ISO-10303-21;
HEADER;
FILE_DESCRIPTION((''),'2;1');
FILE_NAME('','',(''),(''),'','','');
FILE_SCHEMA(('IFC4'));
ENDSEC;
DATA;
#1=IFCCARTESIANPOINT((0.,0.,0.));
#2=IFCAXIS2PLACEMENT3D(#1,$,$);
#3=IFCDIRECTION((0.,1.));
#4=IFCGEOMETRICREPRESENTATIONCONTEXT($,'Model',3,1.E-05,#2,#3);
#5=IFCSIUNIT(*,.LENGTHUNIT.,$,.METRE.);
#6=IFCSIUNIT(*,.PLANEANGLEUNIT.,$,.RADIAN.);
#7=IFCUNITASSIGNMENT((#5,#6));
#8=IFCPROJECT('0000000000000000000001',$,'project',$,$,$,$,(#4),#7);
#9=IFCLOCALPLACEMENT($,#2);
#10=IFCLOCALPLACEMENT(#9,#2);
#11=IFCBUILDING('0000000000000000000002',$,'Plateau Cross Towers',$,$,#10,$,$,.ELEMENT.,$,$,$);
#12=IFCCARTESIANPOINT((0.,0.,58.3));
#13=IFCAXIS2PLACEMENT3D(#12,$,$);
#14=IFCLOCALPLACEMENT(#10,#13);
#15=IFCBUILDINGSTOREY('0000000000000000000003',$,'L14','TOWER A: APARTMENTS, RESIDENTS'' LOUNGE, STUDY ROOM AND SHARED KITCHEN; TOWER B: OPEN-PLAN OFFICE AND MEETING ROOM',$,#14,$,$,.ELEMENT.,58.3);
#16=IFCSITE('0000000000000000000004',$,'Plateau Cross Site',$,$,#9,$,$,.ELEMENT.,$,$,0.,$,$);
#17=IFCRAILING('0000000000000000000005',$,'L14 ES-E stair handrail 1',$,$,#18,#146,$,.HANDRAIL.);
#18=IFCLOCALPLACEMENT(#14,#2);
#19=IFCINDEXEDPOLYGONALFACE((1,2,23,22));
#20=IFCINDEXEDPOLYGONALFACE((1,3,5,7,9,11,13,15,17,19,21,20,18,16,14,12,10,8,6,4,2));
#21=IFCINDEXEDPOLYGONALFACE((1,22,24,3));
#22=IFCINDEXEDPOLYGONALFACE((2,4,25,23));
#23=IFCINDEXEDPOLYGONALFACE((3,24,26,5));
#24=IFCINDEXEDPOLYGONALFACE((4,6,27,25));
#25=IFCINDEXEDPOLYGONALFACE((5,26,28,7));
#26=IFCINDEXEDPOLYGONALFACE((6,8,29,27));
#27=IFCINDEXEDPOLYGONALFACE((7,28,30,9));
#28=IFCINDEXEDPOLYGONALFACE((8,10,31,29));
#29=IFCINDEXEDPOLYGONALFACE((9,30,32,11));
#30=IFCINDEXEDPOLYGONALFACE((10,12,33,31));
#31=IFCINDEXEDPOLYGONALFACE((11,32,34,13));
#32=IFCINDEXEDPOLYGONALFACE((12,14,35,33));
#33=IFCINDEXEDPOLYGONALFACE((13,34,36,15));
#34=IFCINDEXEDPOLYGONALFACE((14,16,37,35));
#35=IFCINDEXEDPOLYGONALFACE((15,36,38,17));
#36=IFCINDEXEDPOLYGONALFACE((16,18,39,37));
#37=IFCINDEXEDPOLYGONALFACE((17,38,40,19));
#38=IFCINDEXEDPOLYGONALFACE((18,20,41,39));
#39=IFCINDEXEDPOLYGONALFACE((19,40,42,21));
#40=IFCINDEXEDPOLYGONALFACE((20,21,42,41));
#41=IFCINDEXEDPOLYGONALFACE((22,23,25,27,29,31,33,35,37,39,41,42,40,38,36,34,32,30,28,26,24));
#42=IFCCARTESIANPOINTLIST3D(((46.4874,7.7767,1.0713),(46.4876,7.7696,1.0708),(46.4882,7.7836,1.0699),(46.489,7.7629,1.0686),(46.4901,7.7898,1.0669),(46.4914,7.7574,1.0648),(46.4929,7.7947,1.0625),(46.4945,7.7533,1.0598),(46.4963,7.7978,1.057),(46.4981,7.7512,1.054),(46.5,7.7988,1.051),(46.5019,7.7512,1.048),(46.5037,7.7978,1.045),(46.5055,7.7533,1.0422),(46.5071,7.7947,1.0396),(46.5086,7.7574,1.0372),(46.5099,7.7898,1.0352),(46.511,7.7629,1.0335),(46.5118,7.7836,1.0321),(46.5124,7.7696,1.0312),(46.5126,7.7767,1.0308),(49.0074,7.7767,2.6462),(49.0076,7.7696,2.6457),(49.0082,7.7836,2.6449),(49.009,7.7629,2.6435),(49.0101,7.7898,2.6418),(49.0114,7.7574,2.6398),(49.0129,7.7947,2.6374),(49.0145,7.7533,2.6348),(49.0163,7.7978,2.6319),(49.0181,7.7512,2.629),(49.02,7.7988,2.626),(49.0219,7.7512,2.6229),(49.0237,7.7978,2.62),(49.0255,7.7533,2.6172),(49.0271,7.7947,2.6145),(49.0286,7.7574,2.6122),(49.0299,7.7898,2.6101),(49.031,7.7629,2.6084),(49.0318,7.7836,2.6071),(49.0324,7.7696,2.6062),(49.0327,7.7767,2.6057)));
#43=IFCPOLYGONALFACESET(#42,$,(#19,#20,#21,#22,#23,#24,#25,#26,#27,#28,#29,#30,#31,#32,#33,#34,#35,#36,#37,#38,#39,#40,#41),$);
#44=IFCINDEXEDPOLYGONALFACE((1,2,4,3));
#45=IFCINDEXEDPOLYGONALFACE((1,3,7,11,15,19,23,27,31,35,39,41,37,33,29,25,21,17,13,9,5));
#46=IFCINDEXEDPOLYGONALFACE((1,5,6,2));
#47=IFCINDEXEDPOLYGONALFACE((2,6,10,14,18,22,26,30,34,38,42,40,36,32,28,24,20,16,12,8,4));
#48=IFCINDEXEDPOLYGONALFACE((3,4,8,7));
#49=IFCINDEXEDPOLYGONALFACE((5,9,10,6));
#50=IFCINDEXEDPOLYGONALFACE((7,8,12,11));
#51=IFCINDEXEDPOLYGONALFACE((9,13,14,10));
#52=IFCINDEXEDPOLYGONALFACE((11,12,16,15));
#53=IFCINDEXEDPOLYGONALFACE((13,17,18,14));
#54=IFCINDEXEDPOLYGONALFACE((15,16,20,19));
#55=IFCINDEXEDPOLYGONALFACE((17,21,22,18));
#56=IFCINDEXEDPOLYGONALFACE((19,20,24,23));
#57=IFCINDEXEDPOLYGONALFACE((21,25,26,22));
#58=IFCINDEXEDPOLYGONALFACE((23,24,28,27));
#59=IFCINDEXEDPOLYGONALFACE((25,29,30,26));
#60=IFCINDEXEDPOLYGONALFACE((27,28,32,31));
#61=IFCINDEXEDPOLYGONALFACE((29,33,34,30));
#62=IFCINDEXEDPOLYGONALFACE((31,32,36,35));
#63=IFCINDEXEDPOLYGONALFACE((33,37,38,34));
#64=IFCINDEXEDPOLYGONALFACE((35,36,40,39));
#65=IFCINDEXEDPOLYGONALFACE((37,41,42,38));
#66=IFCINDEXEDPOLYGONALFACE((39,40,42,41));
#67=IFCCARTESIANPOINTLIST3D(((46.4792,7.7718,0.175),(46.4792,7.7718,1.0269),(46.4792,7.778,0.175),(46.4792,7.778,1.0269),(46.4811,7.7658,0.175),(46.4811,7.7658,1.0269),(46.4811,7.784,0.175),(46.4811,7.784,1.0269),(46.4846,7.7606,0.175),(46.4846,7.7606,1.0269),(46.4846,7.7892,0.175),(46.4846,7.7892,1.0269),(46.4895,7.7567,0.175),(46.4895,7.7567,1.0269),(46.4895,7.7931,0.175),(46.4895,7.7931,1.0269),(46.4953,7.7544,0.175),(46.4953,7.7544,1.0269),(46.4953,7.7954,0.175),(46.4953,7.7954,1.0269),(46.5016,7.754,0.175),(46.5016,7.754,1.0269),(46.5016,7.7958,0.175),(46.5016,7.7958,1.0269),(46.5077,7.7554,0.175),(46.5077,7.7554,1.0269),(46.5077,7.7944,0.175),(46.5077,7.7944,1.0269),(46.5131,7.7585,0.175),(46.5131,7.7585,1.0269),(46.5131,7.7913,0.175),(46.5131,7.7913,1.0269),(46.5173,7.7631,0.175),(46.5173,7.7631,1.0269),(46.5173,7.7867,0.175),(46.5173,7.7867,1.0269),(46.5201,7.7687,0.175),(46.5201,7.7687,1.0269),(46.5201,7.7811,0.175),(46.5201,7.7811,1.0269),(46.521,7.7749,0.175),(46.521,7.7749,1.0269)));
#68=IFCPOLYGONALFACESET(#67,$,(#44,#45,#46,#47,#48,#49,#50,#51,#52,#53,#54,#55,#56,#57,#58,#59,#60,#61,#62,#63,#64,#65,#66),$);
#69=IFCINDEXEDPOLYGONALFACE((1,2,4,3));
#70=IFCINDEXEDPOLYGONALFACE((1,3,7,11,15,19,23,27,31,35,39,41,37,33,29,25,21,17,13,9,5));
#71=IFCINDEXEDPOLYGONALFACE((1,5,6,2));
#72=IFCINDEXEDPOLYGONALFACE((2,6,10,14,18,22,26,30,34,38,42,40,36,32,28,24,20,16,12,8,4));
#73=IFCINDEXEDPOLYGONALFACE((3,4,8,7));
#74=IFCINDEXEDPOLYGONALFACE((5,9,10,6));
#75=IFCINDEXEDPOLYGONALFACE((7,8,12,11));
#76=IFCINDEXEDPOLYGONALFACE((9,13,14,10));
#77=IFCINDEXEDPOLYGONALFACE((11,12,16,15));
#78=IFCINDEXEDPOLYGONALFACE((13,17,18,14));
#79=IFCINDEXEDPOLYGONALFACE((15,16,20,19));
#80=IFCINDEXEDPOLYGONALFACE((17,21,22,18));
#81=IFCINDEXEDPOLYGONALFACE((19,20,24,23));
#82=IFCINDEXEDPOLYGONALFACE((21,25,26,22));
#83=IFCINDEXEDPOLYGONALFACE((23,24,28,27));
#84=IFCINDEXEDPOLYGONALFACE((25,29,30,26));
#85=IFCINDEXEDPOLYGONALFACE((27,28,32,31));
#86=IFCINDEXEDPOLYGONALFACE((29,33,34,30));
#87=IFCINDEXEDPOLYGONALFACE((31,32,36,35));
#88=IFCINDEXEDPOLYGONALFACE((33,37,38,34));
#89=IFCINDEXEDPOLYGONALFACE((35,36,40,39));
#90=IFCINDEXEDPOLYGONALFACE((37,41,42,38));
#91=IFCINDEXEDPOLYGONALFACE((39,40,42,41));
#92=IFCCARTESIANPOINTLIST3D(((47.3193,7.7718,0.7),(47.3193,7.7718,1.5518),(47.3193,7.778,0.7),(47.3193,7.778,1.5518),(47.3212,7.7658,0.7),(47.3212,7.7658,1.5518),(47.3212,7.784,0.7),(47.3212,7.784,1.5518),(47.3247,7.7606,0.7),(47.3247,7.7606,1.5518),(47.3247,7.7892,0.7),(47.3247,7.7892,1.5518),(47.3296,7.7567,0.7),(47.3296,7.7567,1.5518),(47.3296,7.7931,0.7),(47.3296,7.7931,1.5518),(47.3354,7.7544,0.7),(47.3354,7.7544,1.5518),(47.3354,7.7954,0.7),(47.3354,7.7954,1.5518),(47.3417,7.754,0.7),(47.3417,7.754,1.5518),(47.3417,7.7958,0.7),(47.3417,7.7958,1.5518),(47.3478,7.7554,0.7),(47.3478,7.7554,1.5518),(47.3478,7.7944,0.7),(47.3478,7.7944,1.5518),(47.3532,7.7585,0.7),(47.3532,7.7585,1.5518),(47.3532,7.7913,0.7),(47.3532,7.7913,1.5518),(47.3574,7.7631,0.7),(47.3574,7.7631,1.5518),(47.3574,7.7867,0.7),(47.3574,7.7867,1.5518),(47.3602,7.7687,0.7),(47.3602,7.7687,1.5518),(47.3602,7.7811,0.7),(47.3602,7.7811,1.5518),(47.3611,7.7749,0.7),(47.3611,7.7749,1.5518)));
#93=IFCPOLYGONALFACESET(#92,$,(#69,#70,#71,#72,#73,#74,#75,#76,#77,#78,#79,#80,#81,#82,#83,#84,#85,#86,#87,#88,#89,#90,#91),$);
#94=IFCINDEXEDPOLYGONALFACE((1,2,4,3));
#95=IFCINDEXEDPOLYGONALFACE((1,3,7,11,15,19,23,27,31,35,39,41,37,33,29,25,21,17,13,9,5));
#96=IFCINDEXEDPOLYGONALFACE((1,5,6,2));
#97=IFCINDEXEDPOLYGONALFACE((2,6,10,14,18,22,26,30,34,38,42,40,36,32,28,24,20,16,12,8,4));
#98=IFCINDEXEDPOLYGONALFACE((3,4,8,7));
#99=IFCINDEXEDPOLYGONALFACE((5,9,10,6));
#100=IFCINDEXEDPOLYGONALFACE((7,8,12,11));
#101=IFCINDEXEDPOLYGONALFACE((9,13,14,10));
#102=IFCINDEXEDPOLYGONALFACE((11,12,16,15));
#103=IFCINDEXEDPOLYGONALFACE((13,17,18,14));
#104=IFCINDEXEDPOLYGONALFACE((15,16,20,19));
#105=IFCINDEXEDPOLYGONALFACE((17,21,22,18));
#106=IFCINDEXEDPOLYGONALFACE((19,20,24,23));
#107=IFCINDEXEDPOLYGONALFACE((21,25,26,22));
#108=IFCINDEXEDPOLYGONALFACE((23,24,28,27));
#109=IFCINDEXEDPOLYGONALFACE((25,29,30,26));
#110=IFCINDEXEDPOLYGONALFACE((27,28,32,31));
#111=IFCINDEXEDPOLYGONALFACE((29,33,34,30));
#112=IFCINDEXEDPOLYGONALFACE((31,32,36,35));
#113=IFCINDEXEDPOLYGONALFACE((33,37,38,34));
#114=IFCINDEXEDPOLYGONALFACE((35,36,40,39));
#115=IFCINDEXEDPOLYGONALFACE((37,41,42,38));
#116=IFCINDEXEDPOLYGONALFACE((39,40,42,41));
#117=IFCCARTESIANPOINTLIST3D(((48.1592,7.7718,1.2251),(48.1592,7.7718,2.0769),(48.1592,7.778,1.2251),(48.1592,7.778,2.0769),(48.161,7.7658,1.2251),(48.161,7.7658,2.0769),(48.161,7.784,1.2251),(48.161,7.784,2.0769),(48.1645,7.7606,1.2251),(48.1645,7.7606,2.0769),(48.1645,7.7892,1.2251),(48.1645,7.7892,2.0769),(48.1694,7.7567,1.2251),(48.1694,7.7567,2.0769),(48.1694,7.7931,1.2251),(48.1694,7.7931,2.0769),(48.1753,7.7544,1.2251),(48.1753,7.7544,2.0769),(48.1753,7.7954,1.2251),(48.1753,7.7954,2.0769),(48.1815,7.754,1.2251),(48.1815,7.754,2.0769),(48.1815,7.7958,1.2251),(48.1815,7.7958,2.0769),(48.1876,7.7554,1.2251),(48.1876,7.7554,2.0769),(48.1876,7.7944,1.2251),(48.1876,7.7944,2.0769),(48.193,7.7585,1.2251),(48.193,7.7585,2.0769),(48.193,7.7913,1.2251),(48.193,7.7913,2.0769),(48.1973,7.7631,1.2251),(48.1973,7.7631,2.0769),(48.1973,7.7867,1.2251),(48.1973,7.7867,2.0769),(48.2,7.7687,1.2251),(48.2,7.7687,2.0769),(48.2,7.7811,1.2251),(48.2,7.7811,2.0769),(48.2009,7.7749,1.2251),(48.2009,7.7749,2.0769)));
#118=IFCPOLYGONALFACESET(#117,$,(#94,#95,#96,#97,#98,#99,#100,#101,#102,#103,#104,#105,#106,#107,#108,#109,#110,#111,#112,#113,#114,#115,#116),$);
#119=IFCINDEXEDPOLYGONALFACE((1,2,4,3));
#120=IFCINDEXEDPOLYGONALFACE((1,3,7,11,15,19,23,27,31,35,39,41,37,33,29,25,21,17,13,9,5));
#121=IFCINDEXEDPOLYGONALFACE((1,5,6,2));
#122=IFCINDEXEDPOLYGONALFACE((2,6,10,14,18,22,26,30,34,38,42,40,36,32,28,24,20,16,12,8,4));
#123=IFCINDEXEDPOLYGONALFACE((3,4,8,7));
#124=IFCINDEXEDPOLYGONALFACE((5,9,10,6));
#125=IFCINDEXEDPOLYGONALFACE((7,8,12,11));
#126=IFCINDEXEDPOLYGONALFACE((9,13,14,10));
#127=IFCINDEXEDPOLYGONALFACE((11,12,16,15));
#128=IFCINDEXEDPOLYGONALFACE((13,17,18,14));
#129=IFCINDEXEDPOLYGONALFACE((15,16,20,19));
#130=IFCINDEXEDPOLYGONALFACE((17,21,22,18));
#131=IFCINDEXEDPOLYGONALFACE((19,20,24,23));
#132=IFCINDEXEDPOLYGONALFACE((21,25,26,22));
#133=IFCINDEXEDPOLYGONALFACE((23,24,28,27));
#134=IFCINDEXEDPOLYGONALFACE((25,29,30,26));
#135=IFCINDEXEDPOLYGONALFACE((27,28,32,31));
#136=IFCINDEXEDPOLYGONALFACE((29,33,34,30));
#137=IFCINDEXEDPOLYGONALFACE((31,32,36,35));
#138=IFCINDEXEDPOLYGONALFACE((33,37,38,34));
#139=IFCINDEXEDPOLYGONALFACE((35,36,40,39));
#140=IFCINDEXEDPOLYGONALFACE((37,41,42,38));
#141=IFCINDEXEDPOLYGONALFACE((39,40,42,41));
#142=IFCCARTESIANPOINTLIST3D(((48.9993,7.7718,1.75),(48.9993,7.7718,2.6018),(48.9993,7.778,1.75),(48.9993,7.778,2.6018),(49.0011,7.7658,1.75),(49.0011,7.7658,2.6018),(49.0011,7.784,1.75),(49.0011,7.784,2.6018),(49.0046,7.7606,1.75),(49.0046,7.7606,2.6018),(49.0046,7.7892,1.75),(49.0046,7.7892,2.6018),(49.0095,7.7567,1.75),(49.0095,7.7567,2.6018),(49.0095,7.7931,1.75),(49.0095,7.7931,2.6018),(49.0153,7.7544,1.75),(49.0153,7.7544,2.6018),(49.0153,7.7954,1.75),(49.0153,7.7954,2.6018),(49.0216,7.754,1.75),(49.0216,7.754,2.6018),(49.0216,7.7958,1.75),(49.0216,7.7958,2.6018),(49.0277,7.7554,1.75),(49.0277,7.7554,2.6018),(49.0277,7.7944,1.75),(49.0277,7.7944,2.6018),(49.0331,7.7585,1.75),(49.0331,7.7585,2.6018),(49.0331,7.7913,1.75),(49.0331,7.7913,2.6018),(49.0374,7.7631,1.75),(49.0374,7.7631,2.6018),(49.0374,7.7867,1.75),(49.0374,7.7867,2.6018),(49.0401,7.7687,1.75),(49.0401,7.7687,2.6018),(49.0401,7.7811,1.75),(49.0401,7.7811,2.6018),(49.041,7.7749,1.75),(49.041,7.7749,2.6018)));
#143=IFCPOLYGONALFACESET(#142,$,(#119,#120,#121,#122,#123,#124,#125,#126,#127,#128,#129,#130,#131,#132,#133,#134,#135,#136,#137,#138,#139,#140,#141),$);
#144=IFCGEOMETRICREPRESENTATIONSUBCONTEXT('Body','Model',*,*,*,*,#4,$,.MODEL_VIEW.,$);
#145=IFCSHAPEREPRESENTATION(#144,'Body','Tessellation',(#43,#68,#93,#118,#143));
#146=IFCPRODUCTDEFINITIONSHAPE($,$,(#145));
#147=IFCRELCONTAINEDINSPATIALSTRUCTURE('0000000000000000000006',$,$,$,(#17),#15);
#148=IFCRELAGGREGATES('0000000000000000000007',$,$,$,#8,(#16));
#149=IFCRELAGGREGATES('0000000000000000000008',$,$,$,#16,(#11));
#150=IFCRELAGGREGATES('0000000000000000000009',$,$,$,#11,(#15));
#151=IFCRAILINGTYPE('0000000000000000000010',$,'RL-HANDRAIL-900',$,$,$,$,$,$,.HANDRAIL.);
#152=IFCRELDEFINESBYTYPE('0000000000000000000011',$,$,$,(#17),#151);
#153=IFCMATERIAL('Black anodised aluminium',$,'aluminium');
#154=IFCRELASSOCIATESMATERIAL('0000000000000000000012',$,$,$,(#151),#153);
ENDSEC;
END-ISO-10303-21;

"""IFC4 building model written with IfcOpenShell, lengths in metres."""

from ifc_helpers import new_model, si_unit, direction, frame, origin, origin_2d, place, context, subcontext, project, spatial, circle, extrude, material, type_object, element, save


model = new_model("IFC4")

# Units and contexts
model_context = context("Model", 3, precision=1e-05, world=origin(), true_north=direction((0.0, 1.0)))
body_context = subcontext(model_context, "Body", "Model", "MODEL_VIEW")
ifc_project = project(units=[si_unit("LENGTHUNIT", "METRE"), si_unit("PLANEANGLEUNIT", "RADIAN")], contexts=[model_context])

# Site, building, storey
site_placement = place(None, origin())
site = spatial("IfcSite", under=ifc_project, at=site_placement, Name="Plateau Cross Site", CompositionType="ELEMENT", RefElevation=0.0)
building_placement = place(site_placement, origin())
building = spatial("IfcBuilding", under=site, at=building_placement, Name="Plateau Cross Towers", CompositionType="ELEMENT")
storey_placement = place(building_placement, frame((0.0, 0.0, 58.3)))
storey = spatial("IfcBuildingStorey", under=building, at=storey_placement, Name="L14", Description="TOWER A: APARTMENTS, RESIDENTS' LOUNGE, STUDY ROOM AND SHARED KITCHEN; TOWER B: OPEN-PLAN OFFICE AND MEETING ROOM", CompositionType="ELEMENT", Elevation=58.3)

# Shared definitions
ifc_material_1 = material(Name="Black anodised aluminium", Category="aluminium")

# Railing
railing_type_1 = type_object("IfcRailingType", Name="RL-HANDRAIL-900", PredefinedType="HANDRAIL", material=ifc_material_1)
railing_1_placement = place(storey_placement, frame((46.5, 7.7749, 0.175)))
element("IfcRailing", 1, at=railing_1_placement, inside=storey, type_object=railing_type_1, Name="L14 ES-E stair handrail 1", PredefinedType="HANDRAIL", context=body_context, shape_type="SweptSolid", body=[
    extrude(circle(Radius=0.0239, at=origin_2d()), frame((0.0, 0.0, 0.876), z_axis=(0.848008, 0.0, 0.529984), x_axis=(0.0, 1.0, 0.0)), (0.0, 0.0, 1.0), 2.9717),
    extrude(circle(Radius=0.021, at=origin_2d()), origin(), (0.0, 0.0, 1.0), 0.8518),
    extrude(circle(Radius=0.021, at=origin_2d()), frame((0.8401, 0.0, 0.5249)), (0.0, 0.0, 1.0), 0.8518),
    extrude(circle(Radius=0.021, at=origin_2d()), frame((1.6799, 0.0, 1.05)), (0.0, 0.0, 1.0), 0.8518),
    extrude(circle(Radius=0.021, at=origin_2d()), frame((2.52, 0.0, 1.575)), (0.0, 0.0, 1.0), 0.8518),
])

save(model, "model.ifc")
